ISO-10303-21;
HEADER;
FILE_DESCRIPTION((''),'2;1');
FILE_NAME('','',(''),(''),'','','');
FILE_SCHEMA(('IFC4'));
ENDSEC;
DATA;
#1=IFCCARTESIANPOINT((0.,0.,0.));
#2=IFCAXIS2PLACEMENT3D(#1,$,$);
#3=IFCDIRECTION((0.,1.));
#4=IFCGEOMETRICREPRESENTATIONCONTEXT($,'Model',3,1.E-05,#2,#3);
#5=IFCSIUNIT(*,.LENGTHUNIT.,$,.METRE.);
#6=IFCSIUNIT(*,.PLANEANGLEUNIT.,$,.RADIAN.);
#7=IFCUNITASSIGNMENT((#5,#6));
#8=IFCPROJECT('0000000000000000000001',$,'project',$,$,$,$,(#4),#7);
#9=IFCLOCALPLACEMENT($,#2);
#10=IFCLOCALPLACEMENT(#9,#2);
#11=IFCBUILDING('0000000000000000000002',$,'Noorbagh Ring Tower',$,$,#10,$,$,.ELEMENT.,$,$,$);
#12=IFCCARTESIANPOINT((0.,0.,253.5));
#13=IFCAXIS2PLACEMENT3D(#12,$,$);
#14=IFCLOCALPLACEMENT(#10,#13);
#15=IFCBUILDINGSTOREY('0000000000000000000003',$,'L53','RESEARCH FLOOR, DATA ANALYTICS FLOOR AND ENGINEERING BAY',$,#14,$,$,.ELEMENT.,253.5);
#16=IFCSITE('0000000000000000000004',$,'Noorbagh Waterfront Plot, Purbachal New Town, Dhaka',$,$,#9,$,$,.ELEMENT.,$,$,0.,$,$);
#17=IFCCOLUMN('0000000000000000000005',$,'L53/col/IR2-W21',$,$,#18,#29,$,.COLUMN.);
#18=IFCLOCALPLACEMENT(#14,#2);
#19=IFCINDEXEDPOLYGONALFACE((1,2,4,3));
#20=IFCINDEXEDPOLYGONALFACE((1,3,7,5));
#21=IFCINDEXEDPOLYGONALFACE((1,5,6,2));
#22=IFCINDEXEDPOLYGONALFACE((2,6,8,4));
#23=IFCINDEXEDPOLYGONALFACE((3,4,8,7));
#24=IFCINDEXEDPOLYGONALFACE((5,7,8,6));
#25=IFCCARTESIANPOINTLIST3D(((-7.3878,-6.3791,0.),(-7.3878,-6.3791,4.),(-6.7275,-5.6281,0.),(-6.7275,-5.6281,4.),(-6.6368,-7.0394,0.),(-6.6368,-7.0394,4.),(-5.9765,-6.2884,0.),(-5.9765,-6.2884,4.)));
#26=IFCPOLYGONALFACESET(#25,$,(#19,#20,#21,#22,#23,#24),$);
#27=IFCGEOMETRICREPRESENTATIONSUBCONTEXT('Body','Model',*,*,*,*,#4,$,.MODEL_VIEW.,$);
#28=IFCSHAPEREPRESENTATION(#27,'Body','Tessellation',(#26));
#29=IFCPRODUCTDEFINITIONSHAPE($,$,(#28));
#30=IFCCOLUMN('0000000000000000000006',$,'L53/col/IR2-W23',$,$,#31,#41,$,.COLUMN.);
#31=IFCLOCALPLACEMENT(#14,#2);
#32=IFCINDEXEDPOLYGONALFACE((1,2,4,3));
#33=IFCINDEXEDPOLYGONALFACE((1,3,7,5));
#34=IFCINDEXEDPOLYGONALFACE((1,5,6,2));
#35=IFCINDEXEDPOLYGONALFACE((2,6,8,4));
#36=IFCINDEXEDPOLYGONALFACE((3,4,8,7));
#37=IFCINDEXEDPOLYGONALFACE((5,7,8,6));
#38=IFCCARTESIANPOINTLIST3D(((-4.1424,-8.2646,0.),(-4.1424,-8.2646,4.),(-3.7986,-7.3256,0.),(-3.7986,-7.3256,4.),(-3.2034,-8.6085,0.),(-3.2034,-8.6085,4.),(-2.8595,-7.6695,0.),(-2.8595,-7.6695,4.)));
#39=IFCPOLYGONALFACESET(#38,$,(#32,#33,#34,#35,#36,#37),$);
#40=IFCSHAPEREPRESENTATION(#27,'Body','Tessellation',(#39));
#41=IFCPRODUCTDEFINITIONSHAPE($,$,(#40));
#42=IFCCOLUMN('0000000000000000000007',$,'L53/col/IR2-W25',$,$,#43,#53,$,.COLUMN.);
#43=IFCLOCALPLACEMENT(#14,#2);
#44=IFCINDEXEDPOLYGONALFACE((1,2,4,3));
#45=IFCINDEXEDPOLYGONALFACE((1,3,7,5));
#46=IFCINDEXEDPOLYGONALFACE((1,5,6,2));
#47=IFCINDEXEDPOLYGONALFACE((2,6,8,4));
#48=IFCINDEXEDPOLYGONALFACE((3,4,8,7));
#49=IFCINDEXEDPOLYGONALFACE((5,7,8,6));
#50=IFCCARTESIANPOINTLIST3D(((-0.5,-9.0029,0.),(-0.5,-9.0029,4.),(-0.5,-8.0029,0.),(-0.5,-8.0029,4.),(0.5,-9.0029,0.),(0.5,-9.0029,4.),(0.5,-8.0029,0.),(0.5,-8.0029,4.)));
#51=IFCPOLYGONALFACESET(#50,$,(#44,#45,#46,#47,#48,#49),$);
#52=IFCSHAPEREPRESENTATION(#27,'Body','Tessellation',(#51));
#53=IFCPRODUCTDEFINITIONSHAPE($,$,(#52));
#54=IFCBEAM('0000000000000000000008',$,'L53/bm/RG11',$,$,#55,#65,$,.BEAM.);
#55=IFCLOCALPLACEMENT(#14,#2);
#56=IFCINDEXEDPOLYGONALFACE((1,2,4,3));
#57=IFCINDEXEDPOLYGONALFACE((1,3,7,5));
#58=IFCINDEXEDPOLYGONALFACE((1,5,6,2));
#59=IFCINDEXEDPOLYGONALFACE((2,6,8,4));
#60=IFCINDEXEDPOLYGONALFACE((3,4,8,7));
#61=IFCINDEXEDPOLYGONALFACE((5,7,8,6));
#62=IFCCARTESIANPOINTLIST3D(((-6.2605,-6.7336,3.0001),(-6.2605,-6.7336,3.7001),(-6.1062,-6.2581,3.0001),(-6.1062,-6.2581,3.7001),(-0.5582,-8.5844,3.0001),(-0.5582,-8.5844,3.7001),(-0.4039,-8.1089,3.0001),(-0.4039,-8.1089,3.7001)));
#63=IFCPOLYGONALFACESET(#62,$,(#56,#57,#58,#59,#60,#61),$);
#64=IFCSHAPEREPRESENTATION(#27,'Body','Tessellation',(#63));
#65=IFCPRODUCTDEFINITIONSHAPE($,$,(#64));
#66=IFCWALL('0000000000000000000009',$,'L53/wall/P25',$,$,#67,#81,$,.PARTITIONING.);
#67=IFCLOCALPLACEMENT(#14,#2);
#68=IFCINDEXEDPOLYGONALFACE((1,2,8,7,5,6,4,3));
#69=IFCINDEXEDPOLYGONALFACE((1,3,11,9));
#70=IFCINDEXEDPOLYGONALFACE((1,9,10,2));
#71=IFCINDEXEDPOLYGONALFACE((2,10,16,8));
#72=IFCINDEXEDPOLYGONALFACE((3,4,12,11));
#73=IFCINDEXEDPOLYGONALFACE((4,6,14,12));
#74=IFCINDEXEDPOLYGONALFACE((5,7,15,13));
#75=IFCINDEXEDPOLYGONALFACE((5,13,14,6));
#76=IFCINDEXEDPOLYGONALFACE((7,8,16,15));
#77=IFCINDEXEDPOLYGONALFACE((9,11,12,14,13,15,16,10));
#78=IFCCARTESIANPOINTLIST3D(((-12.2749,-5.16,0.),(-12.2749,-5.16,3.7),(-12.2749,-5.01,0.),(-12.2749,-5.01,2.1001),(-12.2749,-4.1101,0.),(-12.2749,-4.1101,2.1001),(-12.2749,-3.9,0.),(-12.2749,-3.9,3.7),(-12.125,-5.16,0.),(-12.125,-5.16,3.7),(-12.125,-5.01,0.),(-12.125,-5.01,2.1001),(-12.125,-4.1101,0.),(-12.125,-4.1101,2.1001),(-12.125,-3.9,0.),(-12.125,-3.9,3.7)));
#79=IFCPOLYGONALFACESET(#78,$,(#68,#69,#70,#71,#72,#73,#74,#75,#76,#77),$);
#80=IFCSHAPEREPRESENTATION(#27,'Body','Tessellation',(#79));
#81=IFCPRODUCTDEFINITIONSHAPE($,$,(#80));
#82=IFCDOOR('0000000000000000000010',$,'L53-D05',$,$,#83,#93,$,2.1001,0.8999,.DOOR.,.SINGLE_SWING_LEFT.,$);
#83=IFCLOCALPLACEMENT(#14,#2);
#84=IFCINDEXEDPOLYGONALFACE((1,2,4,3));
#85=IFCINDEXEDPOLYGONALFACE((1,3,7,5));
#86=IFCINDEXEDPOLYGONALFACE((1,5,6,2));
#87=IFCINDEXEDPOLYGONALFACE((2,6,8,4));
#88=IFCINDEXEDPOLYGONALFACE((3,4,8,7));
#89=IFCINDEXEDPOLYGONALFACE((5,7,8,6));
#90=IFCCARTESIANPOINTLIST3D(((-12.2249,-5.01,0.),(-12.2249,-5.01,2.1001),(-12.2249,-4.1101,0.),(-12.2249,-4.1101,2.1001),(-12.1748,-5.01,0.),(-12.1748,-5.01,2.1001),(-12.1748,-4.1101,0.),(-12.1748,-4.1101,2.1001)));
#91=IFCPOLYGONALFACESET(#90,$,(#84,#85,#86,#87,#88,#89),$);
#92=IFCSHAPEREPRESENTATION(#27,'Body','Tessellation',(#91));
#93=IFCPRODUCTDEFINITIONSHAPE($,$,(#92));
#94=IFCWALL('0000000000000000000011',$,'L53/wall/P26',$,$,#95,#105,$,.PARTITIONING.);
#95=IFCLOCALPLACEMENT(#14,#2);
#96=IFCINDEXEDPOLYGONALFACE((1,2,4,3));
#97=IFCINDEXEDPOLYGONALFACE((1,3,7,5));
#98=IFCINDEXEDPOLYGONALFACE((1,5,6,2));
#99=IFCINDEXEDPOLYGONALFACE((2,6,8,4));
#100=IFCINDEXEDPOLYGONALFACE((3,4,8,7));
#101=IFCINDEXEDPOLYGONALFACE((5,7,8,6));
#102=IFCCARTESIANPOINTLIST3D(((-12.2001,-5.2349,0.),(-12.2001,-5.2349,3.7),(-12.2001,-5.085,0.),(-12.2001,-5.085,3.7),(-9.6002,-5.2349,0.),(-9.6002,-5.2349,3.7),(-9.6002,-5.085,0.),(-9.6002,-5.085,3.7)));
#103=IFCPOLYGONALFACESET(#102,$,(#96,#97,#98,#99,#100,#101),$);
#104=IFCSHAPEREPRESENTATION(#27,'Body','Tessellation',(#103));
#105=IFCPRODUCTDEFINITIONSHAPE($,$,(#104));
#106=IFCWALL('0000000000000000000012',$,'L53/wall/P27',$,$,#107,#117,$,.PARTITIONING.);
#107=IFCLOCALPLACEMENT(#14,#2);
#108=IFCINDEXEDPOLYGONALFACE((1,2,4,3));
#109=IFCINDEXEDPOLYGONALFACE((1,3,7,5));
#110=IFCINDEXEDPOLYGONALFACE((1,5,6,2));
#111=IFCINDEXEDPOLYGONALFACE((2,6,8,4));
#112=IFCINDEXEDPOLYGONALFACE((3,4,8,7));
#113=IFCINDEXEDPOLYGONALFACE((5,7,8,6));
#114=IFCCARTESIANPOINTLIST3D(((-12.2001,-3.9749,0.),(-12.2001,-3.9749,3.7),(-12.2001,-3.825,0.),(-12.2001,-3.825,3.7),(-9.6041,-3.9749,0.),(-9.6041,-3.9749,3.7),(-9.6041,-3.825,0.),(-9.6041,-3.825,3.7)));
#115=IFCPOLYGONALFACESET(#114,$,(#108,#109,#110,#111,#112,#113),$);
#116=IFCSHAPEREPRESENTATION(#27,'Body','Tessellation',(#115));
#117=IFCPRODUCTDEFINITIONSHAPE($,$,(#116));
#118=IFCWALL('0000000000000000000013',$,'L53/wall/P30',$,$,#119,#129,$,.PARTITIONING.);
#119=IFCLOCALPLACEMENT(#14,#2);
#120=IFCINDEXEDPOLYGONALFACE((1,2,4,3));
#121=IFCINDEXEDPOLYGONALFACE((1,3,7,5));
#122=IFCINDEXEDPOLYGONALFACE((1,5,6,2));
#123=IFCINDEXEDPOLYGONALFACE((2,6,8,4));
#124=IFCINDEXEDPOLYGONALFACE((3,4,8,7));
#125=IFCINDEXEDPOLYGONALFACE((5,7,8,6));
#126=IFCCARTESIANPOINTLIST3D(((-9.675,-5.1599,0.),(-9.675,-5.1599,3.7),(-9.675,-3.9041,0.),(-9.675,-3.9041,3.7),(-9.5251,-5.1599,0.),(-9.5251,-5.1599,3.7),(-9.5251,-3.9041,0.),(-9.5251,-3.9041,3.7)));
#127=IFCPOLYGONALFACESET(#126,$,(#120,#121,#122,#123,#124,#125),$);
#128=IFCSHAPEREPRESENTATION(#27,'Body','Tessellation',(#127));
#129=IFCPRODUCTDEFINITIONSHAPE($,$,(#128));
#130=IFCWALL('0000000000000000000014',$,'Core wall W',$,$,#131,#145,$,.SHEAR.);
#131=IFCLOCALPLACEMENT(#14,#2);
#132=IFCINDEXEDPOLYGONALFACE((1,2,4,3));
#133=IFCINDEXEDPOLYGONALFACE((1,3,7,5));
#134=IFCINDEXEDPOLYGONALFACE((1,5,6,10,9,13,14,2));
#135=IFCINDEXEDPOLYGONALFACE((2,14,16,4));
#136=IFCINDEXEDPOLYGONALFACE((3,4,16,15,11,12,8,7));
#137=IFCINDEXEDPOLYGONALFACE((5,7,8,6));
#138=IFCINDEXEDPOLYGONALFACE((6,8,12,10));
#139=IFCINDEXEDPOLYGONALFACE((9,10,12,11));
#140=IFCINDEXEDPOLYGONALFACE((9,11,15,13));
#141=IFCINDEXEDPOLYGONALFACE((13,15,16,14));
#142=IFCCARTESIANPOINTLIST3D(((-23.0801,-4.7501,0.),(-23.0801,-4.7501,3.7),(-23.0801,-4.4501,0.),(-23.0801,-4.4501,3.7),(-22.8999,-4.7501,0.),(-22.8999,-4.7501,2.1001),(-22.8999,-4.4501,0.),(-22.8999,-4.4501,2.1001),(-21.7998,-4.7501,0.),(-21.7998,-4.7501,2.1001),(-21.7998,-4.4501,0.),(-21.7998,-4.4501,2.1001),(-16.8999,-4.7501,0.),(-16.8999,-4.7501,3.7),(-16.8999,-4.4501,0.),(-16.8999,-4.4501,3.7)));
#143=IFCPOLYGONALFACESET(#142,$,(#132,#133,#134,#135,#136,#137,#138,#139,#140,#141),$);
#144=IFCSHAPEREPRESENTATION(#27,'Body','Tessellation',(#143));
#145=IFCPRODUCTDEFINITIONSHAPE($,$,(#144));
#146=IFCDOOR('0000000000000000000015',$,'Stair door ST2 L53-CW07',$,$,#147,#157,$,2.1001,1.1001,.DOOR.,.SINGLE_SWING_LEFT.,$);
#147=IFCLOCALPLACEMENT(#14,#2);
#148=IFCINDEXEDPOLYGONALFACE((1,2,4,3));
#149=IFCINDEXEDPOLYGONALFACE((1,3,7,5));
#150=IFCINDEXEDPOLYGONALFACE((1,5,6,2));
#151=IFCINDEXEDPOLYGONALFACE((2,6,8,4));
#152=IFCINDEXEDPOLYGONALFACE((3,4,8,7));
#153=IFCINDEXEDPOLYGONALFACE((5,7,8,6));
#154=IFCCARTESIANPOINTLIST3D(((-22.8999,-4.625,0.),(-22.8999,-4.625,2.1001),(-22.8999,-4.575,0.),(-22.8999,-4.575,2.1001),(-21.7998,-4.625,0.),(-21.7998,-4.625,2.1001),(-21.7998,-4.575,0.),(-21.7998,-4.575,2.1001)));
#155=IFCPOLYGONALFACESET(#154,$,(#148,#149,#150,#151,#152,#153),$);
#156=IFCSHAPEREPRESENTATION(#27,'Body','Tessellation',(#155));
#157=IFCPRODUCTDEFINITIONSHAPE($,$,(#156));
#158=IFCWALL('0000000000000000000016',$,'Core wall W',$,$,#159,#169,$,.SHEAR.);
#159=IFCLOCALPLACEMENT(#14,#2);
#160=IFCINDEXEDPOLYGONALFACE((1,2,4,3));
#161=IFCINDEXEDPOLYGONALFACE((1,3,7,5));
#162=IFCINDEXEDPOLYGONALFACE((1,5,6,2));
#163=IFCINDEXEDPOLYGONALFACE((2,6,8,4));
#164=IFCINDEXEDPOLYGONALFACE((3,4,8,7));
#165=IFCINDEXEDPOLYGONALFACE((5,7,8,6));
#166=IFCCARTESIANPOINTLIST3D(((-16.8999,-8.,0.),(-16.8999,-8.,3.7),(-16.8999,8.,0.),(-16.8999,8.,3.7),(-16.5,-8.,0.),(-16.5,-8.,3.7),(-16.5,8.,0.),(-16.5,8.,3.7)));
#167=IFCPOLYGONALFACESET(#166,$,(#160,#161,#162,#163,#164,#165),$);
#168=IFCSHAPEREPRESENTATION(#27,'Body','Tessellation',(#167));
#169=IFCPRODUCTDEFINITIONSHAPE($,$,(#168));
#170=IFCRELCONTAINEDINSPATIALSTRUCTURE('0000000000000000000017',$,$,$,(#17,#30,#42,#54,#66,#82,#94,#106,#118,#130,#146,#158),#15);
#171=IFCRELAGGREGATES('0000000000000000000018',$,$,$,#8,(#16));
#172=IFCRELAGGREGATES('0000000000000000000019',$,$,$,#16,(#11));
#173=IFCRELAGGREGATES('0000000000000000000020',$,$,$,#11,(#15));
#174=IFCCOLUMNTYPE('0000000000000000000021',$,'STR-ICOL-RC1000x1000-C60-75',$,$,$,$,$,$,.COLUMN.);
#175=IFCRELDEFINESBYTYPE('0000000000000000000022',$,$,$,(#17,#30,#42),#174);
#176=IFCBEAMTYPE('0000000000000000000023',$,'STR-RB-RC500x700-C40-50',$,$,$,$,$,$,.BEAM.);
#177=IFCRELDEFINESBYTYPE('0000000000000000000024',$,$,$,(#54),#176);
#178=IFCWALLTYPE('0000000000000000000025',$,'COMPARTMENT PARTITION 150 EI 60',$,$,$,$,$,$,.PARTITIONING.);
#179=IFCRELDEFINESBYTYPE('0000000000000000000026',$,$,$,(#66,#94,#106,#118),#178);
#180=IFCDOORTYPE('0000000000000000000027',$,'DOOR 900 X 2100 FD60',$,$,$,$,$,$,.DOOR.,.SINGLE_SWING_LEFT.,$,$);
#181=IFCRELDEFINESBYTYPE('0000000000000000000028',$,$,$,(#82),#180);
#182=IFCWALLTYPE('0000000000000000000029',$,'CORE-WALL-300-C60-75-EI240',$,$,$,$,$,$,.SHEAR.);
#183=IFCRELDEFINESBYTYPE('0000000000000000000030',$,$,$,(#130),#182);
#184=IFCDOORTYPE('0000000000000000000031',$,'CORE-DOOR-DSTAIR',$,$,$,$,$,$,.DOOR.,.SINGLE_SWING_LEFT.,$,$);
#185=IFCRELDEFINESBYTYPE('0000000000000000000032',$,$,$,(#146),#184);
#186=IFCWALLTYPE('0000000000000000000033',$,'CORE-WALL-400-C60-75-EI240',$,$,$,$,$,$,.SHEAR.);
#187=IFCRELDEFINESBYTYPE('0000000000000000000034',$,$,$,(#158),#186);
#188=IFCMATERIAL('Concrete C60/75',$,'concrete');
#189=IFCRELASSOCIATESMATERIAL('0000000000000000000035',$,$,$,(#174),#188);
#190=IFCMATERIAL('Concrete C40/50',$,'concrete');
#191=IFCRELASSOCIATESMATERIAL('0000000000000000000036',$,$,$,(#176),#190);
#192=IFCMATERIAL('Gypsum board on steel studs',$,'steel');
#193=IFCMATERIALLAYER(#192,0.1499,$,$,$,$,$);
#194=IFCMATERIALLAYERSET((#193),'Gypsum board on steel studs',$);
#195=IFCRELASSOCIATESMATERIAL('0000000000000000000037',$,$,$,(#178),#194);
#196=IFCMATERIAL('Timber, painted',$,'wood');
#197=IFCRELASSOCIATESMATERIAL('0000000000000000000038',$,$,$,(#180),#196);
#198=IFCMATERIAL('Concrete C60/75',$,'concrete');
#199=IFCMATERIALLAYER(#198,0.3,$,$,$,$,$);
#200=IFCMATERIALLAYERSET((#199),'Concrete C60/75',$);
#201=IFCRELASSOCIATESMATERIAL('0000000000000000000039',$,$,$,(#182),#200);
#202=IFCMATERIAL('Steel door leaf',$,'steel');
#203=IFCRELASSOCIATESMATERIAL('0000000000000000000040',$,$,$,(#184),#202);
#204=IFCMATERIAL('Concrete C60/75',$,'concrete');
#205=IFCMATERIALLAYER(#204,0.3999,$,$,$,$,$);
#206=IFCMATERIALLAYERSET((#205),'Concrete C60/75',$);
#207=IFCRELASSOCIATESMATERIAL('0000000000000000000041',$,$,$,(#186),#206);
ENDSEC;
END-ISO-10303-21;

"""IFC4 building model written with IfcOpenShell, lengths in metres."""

from ifc_helpers import new_model, si_unit, direction, frame, frame_2d, origin, origin_2d, place, context, subcontext, project, spatial, rectangle, extrude, material, layer, layer_set, material_profile, profile_set, type_object, element, fill, save


model = new_model("IFC4")

# Units and contexts
model_context = context("Model", 3, precision=1e-05, world=origin(), true_north=direction((0.0, 1.0)))
body_context = subcontext(model_context, "Body", "Model", "MODEL_VIEW")
ifc_project = project(units=[si_unit("LENGTHUNIT", "METRE"), si_unit("PLANEANGLEUNIT", "RADIAN")], contexts=[model_context])

# Site, building, storey
site_placement = place(None, origin())
site = spatial("IfcSite", under=ifc_project, at=site_placement, Name="Noorbagh Waterfront Plot, Purbachal New Town, Dhaka", CompositionType="ELEMENT", RefElevation=0.0)
building_placement = place(site_placement, origin())
building = spatial("IfcBuilding", under=site, at=building_placement, Name="Noorbagh Ring Tower", CompositionType="ELEMENT")
storey_placement = place(building_placement, frame((0.0, 0.0, 253.5)))
storey = spatial("IfcBuildingStorey", under=building, at=storey_placement, Name="L53", Description="RESEARCH FLOOR, DATA ANALYTICS FLOOR AND ENGINEERING BAY", CompositionType="ELEMENT", Elevation=253.5)

# Columns
ifc_material_1 = material(Name="Concrete C60/75", Category="concrete")
ifc_material_profile_1 = material_profile(ifc_material_1, rectangle(XDim=1.0, YDim=1.0, at=origin_2d()), Name="RC1000x1000")
ifc_profile_set_1 = profile_set([ifc_material_profile_1], Name="Concrete C60/75")
column_type = type_object("IfcColumnType", Name="STR-ICOL-RC1000x1000-C60-75", PredefinedType="COLUMN", material=ifc_profile_set_1)
for number, where, z_axis, x_axis, name in (
    (1, (-6.6821, -6.3337, 0.0), (0.0, 0.0, 1.0), (0.751022, -0.660277, 0.0), "L53/col/IR2-W21"),
    (2, (-3.501, -7.967, 0.0), (0.0, 0.0, 1.0), (0.93902, -0.343864, 0.0), "L53/col/IR2-W23"),
    (3, (0.0, -8.5029, 0.0), (0.0, 0.0, 1.0), (1.0, 0.0, 0.0), "L53/col/IR2-W25"),
):
    element("IfcColumn", number, at=place(storey_placement, frame(where, z_axis=z_axis, x_axis=x_axis)), inside=storey, type_object=column_type, Name=name, PredefinedType="COLUMN", context=body_context, shape_type="SweptSolid", body=[
        extrude(rectangle(XDim=1.0, YDim=1.0, at=origin_2d()), origin(), (0.0, 0.0, 1.0), 4.0),
    ])

# Beam
ifc_material_2 = material(Name="Concrete C40/50", Category="concrete")
ifc_material_profile_2 = material_profile(ifc_material_2, rectangle(XDim=0.5, YDim=0.7, at=origin_2d()), Name="RC500x700")
ifc_profile_set_2 = profile_set([ifc_material_profile_2], Name="Concrete C40/50")
beam_type = type_object("IfcBeamType", Name="STR-RB-RC500x700-C40-50", PredefinedType="BEAM", material=ifc_profile_set_2)
beam_placement = place(storey_placement, frame((-6.1833, -6.4958, 3.3501), z_axis=(0.951154, -0.308717, 0.0), x_axis=(0.308717, 0.951154, 0.0)))
element("IfcBeam", 4, at=beam_placement, inside=storey, type_object=beam_type, Name="L53/bm/RG11", PredefinedType="BEAM", context=body_context, shape_type="SweptSolid", body=[
    extrude(rectangle(XDim=0.5, YDim=0.7, at=origin_2d()), origin(), (0.0, 0.0, 1.0), 5.9951),
])

# Wall, opening, door
ifc_material_3 = material(Name="Gypsum board on steel studs", Category="steel")
ifc_layer_1 = layer(ifc_material_3, 0.1499)
ifc_layer_set_1 = layer_set([ifc_layer_1], Name="Gypsum board on steel studs")
wall_type_1 = type_object("IfcWallType", Name="COMPARTMENT PARTITION 150 EI 60", PredefinedType="PARTITIONING", material=ifc_layer_set_1)
wall_1_placement = place(storey_placement, frame((-12.2, -5.1599, 0.0), z_axis=(0.0, 0.0, 1.0), x_axis=(0.0, 1.0, 0.0)))
wall_1 = element("IfcWall", 5, at=wall_1_placement, inside=storey, type_object=wall_type_1, Name="L53/wall/P25", PredefinedType="PARTITIONING", context=body_context, shape_type="SweptSolid", body=[
    extrude(rectangle(XDim=1.26, YDim=0.1499, at=frame_2d((0.6299, 0.0))), origin(), (0.0, 0.0, 1.0), 3.7),
])
opening_1_placement = place(wall_1_placement, frame((0.1499, 0.0, 0.0)))
opening_1 = element("IfcOpeningElement", 6, at=opening_1_placement, cuts=wall_1, PredefinedType="OPENING", context=body_context, shape_type="SweptSolid", body=[
    extrude(rectangle(XDim=0.8999, YDim=2.1001, at=frame_2d((0.45, 1.05))), frame((0.0, 0.085, 0.0), z_axis=(0.0, -1.0, 0.0), x_axis=(1.0, 0.0, 0.0)), (0.0, 0.0, 1.0), 0.1699),
])
ifc_material_4 = material(Name="Timber, painted", Category="wood")
door_type_1 = type_object("IfcDoorType", Name="DOOR 900 X 2100 FD60", OperationType="SINGLE_SWING_LEFT", PredefinedType="DOOR", material=ifc_material_4)
door_1_placement = place(opening_1_placement, origin())
door_1 = element("IfcDoor", 7, at=door_1_placement, inside=storey, type_object=door_type_1, Name="L53-D05", OperationType="SINGLE_SWING_LEFT", OverallHeight=2.1001, OverallWidth=0.8999, PredefinedType="DOOR", context=body_context, shape_type="SweptSolid", body=[
    extrude(rectangle(XDim=0.8999, YDim=2.1001, at=frame_2d((0.45, 1.05))), frame((0.0, 0.0249, 0.0), z_axis=(0.0, -1.0, 0.0), x_axis=(1.0, 0.0, 0.0)), (0.0, 0.0, 1.0), 0.05),
])
fill(opening_1, door_1)

# Walls
wall_2_placement = place(storey_placement, frame((-12.2, -5.1599, 0.0), z_axis=(0.0, 0.0, 1.0), x_axis=(1.0, 0.0, 0.0)))
element("IfcWall", 8, at=wall_2_placement, inside=storey, type_object=wall_type_1, Name="L53/wall/P26", PredefinedType="PARTITIONING", context=body_context, shape_type="SweptSolid", body=[
    extrude(rectangle(XDim=2.5999, YDim=0.1499, at=frame_2d((1.2998, 0.0))), origin(), (0.0, 0.0, 1.0), 3.7),
])
wall_3_placement = place(storey_placement, frame((-12.2, -3.8999, 0.0), z_axis=(0.0, 0.0, 1.0), x_axis=(1.0, 0.0, 0.0)))
element("IfcWall", 9, at=wall_3_placement, inside=storey, type_object=wall_type_1, Name="L53/wall/P27", PredefinedType="PARTITIONING", context=body_context, shape_type="SweptSolid", body=[
    extrude(rectangle(XDim=2.5959, YDim=0.1499, at=frame_2d((1.2979, 0.0))), origin(), (0.0, 0.0, 1.0), 3.7),
])
wall_4_placement = place(storey_placement, frame((-9.6001, -5.1599, 0.0), z_axis=(0.0, 0.0, 1.0), x_axis=(0.0, 1.0, 0.0)))
element("IfcWall", 10, at=wall_4_placement, inside=storey, type_object=wall_type_1, Name="L53/wall/P30", PredefinedType="PARTITIONING", context=body_context, shape_type="SweptSolid", body=[
    extrude(rectangle(XDim=1.2559, YDim=0.1499, at=frame_2d((0.6279, 0.0))), origin(), (0.0, 0.0, 1.0), 3.7),
])

# Wall, opening, door
ifc_material_5 = material(Name="Concrete C60/75", Category="concrete")
ifc_layer_2 = layer(ifc_material_5, 0.3)
ifc_layer_set_2 = layer_set([ifc_layer_2], Name="Concrete C60/75")
wall_type_2 = type_object("IfcWallType", Name="CORE-WALL-300-C60-75-EI240", PredefinedType="SHEAR", material=ifc_layer_set_2)
wall_5_placement = place(storey_placement, frame((-16.8999, -4.6001, 0.0), z_axis=(0.0, 0.0, 1.0), x_axis=(-1.0, 0.0, 0.0)))
wall_5 = element("IfcWall", 11, at=wall_5_placement, inside=storey, type_object=wall_type_2, Name="Core wall W", PredefinedType="SHEAR", context=body_context, shape_type="SweptSolid", body=[
    extrude(rectangle(XDim=6.1802, YDim=0.3, at=frame_2d((3.0901, 0.0))), origin(), (0.0, 0.0, 1.0), 3.7),
])
opening_2_placement = place(wall_5_placement, frame((4.8999, 0.0, 0.0)))
opening_2 = element("IfcOpeningElement", 12, at=opening_2_placement, cuts=wall_5, PredefinedType="OPENING", context=body_context, shape_type="SweptSolid", body=[
    extrude(rectangle(XDim=1.1001, YDim=2.1001, at=frame_2d((0.55, 1.05))), frame((0.0, 0.1602, 0.0), z_axis=(0.0, -1.0, 0.0), x_axis=(1.0, 0.0, 0.0)), (0.0, 0.0, 1.0), 0.3201),
])
ifc_material_6 = material(Name="Steel door leaf", Category="steel")
door_type_2 = type_object("IfcDoorType", Name="CORE-DOOR-DSTAIR", OperationType="SINGLE_SWING_LEFT", PredefinedType="DOOR", material=ifc_material_6)
door_2_placement = place(opening_2_placement, origin())
door_2 = element("IfcDoor", 13, at=door_2_placement, inside=storey, type_object=door_type_2, Name="Stair door ST2 L53-CW07", OperationType="SINGLE_SWING_LEFT", OverallHeight=2.1001, OverallWidth=1.1001, PredefinedType="DOOR", context=body_context, shape_type="SweptSolid", body=[
    extrude(rectangle(XDim=1.1001, YDim=2.1001, at=frame_2d((0.55, 1.05))), frame((0.0, 0.0249, 0.0), z_axis=(0.0, -1.0, 0.0), x_axis=(1.0, 0.0, 0.0)), (0.0, 0.0, 1.0), 0.05),
])
fill(opening_2, door_2)

# Wall
ifc_material_7 = material(Name="Concrete C60/75", Category="concrete")
ifc_layer_3 = layer(ifc_material_7, 0.3999)
ifc_layer_set_3 = layer_set([ifc_layer_3], Name="Concrete C60/75")
wall_type_3 = type_object("IfcWallType", Name="CORE-WALL-400-C60-75-EI240", PredefinedType="SHEAR", material=ifc_layer_set_3)
wall_6_placement = place(storey_placement, frame((-16.7, -8.0, 0.0), z_axis=(0.0, 0.0, 1.0), x_axis=(0.0, 1.0, 0.0)))
element("IfcWall", 14, at=wall_6_placement, inside=storey, type_object=wall_type_3, Name="Core wall W", PredefinedType="SHEAR", context=body_context, shape_type="SweptSolid", body=[
    extrude(rectangle(XDim=16.0, YDim=0.3999, at=frame_2d((8.0, 0.0))), origin(), (0.0, 0.0, 1.0), 3.7),
])

save(model, "model.ifc")
